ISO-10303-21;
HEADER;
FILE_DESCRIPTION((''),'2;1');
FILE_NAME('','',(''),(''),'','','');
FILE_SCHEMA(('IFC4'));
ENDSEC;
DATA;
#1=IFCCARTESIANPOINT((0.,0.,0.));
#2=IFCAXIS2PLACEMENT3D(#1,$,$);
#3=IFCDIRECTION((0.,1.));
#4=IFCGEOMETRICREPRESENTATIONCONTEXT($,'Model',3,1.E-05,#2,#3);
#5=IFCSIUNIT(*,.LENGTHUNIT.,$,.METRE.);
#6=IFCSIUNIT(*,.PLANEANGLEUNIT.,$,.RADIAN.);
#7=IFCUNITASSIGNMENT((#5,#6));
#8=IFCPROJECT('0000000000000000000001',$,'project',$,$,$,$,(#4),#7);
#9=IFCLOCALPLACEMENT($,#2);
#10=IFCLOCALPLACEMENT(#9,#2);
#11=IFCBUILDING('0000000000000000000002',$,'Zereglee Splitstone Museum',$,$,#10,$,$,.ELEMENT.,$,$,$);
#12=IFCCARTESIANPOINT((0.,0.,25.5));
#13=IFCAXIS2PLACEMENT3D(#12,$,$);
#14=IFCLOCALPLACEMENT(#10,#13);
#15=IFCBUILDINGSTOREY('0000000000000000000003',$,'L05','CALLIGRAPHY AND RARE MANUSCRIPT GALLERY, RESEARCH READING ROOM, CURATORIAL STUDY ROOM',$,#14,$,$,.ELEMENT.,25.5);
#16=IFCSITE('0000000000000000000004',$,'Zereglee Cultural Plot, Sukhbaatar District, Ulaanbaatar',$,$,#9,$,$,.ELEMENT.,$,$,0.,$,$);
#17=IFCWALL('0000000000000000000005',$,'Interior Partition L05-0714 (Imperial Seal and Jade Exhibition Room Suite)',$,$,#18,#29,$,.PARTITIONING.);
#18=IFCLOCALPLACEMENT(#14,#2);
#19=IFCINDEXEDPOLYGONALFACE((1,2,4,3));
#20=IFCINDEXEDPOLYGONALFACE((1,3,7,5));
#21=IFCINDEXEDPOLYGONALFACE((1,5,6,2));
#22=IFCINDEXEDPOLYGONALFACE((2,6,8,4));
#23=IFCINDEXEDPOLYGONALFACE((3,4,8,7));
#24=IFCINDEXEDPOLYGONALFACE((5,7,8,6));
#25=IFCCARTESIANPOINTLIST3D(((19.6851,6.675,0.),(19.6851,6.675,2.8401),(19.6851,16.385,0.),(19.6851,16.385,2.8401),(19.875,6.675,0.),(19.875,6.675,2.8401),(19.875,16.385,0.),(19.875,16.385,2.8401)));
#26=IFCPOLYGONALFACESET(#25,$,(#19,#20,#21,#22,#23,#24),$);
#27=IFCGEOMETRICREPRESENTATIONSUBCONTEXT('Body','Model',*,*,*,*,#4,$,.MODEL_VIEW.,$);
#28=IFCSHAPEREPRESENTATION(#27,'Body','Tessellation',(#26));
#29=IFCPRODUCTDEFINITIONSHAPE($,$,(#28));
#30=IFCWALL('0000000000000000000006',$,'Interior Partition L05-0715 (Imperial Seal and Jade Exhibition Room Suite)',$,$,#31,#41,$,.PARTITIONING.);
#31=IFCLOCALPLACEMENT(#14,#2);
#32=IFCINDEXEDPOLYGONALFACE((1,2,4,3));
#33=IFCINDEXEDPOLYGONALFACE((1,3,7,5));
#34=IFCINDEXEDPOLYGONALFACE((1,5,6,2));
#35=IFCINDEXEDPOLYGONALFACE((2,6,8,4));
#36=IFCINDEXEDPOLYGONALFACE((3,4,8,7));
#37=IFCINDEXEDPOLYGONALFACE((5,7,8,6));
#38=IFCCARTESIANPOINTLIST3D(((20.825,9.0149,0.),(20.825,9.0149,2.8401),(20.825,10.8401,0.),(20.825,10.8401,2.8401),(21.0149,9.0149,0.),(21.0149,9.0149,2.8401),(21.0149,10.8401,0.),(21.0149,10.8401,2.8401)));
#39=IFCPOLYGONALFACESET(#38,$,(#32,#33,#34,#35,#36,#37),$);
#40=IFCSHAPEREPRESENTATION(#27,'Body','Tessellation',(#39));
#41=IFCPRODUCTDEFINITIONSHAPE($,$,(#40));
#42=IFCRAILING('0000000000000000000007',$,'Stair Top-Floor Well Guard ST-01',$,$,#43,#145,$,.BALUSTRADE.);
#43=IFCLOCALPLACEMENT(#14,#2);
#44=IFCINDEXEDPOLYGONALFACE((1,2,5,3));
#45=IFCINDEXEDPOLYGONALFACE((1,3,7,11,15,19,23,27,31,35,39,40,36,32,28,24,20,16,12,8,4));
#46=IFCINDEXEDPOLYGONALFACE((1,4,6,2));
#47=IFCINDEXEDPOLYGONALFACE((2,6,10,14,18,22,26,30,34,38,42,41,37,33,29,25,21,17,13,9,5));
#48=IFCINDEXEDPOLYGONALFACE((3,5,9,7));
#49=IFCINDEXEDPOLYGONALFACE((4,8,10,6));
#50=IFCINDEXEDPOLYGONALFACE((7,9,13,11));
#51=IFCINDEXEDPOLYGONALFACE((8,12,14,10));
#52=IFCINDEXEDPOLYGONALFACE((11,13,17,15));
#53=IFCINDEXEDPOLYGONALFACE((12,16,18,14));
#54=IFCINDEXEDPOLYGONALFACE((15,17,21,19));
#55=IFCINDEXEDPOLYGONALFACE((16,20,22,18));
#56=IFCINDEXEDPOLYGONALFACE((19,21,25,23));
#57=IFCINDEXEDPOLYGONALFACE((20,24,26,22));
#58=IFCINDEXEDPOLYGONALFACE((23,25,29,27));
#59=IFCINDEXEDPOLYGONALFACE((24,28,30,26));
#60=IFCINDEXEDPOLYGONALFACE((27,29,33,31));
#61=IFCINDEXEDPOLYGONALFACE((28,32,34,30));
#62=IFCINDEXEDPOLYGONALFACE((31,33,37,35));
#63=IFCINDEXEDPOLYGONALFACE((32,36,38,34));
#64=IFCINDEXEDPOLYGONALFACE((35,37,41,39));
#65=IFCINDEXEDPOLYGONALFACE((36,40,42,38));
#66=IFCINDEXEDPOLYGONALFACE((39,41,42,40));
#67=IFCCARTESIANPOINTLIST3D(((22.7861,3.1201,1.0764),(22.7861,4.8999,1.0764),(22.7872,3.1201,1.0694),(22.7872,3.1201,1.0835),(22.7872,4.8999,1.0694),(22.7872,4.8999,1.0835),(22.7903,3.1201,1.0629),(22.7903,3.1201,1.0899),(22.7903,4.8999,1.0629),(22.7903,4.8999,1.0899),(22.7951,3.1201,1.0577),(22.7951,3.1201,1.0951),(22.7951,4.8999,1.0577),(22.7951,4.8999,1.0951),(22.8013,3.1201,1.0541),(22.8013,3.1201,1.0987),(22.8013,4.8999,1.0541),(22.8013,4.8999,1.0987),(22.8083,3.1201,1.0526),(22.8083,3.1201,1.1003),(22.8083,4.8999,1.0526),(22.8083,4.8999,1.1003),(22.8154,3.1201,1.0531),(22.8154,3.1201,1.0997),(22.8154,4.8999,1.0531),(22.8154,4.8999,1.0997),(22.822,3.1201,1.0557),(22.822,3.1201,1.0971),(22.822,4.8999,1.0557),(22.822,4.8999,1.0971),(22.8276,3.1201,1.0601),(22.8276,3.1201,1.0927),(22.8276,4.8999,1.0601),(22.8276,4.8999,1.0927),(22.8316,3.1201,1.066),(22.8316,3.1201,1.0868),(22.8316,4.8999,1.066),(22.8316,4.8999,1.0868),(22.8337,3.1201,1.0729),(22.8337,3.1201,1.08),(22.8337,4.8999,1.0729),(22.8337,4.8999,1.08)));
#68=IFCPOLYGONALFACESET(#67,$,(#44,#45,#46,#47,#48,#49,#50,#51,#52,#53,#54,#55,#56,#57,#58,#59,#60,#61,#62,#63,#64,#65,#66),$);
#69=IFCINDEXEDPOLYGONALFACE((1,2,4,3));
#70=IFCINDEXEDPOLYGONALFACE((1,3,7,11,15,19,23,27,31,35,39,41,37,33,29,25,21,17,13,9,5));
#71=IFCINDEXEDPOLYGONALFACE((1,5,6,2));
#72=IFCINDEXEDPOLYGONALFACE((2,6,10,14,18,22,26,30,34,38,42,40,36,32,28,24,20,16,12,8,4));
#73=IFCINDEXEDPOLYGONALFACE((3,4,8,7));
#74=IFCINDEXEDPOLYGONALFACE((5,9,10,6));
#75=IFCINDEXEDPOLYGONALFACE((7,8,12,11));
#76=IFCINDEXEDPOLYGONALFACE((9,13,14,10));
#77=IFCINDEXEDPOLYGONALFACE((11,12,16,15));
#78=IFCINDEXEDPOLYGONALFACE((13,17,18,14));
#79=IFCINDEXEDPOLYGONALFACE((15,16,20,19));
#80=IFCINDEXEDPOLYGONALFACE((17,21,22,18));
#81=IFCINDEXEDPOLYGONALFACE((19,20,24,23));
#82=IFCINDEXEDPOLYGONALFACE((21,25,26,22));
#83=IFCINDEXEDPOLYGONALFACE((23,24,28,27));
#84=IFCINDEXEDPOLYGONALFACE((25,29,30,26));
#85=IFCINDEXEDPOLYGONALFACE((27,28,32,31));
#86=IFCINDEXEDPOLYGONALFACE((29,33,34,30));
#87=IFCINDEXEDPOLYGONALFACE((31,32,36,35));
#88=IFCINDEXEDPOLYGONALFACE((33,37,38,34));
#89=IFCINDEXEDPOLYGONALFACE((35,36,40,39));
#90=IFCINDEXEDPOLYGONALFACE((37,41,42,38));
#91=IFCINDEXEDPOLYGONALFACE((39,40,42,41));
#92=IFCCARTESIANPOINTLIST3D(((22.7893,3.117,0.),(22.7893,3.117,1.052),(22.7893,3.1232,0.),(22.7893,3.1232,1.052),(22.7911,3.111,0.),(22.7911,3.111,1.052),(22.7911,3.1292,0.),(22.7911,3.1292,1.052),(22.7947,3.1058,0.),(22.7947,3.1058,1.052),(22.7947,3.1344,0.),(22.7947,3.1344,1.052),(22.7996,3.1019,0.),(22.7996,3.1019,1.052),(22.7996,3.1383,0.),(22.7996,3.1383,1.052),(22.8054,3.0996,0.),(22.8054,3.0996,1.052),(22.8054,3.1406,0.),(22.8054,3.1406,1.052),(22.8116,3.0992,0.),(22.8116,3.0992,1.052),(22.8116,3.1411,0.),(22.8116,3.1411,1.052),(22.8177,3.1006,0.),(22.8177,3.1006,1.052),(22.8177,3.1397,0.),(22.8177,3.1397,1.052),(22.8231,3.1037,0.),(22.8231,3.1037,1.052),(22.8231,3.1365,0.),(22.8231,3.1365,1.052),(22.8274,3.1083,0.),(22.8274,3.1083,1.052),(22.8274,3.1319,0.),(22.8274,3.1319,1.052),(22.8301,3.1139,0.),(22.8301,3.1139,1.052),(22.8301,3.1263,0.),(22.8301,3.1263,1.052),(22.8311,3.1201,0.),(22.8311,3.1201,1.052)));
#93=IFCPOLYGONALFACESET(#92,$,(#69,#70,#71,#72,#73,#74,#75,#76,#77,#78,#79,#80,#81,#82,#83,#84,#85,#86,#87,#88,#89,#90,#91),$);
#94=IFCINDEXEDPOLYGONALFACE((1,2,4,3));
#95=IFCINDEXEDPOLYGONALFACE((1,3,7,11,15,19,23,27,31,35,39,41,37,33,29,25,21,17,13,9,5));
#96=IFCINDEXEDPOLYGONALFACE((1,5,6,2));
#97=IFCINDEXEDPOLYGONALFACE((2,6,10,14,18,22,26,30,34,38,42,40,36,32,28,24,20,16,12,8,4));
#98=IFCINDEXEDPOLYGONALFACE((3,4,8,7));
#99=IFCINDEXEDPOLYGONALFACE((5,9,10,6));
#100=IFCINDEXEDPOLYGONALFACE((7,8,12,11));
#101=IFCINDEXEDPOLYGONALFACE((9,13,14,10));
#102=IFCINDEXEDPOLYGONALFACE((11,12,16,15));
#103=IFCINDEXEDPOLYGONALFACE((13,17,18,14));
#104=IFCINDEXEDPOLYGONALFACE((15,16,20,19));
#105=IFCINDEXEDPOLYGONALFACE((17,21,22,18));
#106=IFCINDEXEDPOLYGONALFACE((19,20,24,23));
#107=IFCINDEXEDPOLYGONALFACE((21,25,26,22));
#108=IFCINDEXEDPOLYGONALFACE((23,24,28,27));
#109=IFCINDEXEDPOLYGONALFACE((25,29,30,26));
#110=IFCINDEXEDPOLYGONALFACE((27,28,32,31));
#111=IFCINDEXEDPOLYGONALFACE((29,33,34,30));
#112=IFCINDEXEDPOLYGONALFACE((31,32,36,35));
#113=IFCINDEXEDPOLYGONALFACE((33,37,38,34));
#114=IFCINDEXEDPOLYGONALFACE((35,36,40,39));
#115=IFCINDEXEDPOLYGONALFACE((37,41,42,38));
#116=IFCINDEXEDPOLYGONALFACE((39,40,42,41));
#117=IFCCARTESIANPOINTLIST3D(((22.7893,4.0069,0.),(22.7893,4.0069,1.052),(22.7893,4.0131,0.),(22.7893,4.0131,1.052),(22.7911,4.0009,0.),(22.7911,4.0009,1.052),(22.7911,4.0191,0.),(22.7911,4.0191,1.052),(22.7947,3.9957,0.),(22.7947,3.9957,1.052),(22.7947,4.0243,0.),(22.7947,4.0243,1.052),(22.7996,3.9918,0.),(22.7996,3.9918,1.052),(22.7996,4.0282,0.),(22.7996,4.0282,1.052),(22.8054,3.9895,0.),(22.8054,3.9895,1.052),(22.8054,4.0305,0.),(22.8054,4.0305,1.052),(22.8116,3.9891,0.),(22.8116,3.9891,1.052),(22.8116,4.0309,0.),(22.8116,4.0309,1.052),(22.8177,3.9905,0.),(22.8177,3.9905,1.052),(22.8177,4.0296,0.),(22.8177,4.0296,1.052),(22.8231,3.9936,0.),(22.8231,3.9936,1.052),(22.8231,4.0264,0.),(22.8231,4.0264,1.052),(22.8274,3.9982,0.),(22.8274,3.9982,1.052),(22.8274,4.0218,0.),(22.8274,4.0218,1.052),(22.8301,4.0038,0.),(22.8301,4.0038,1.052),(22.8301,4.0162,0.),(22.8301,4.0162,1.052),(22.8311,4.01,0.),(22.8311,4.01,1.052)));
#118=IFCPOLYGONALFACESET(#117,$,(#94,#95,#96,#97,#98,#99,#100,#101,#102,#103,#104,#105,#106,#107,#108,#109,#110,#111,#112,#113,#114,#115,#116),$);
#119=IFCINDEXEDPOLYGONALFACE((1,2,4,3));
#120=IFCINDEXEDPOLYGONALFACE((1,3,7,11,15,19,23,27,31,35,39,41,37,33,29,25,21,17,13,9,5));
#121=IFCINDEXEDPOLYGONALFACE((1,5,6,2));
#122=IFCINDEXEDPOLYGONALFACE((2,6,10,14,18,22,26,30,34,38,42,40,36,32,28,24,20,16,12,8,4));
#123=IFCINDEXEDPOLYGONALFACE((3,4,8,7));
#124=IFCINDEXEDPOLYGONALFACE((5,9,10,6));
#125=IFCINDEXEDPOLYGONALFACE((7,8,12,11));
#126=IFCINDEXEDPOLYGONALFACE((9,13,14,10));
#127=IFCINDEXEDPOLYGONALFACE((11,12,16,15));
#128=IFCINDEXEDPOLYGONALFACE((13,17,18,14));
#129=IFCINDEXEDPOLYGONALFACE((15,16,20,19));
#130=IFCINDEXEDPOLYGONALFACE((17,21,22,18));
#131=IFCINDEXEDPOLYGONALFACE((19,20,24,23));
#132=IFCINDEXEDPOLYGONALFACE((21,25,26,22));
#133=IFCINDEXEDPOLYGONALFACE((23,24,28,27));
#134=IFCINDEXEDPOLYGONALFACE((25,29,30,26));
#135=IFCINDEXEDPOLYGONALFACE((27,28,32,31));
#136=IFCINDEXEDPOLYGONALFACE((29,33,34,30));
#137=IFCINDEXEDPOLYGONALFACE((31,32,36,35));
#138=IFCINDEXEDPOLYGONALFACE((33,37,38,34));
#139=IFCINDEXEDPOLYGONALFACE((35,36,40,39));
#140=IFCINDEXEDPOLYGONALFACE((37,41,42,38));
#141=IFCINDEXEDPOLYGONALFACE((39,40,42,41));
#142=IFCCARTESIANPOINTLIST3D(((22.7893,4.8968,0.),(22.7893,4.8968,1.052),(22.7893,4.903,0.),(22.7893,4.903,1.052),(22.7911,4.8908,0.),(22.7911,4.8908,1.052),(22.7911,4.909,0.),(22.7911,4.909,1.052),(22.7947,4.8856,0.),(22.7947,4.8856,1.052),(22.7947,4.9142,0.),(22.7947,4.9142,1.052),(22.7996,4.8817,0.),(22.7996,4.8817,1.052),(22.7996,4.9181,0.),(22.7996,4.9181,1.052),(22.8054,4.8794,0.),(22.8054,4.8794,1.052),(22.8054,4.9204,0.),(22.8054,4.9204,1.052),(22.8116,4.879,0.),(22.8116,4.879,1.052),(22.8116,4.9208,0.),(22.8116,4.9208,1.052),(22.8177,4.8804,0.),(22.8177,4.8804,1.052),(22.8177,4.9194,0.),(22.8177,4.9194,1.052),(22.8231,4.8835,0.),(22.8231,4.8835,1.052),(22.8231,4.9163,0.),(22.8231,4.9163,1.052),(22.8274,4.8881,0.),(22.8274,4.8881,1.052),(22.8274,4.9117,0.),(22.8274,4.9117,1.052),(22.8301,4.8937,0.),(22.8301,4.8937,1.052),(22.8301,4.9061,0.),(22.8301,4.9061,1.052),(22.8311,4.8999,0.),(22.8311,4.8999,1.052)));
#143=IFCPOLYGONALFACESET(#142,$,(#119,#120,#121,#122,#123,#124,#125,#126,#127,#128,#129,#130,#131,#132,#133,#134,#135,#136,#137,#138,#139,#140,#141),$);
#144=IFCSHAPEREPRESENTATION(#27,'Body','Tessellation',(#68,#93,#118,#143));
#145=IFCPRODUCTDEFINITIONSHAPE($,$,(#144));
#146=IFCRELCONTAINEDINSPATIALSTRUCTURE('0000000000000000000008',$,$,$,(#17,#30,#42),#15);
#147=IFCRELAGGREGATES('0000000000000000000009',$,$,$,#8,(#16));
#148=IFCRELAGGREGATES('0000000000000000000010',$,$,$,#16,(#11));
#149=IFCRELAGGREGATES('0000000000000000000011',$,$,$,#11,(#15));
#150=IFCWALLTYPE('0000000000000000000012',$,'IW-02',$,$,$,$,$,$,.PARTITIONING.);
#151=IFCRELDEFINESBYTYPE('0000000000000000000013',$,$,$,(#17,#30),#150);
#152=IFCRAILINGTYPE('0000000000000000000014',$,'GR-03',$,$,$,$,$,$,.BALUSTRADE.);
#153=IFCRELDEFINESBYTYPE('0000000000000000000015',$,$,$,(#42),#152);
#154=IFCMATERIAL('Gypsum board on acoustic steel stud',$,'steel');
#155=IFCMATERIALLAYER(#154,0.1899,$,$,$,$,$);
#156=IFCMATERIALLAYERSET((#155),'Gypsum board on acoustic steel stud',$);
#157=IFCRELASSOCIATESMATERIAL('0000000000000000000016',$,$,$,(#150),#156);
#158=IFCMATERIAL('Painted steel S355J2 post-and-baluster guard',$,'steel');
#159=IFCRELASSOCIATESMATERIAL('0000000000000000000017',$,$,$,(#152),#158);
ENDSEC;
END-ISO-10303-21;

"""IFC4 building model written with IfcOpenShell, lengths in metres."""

from ifc_helpers import new_model, si_unit, direction, frame, frame_2d, origin, origin_2d, place, context, subcontext, project, spatial, rectangle, circle, extrude, material, layer, layer_set, type_object, element, save


model = new_model("IFC4")

# Units and contexts
model_context = context("Model", 3, precision=1e-05, world=origin(), true_north=direction((0.0, 1.0)))
body_context = subcontext(model_context, "Body", "Model", "MODEL_VIEW")
ifc_project = project(units=[si_unit("LENGTHUNIT", "METRE"), si_unit("PLANEANGLEUNIT", "RADIAN")], contexts=[model_context])

# Site, building, storey
site_placement = place(None, origin())
site = spatial("IfcSite", under=ifc_project, at=site_placement, Name="Zereglee Cultural Plot, Sukhbaatar District, Ulaanbaatar", CompositionType="ELEMENT", RefElevation=0.0)
building_placement = place(site_placement, origin())
building = spatial("IfcBuilding", under=site, at=building_placement, Name="Zereglee Splitstone Museum", CompositionType="ELEMENT")
storey_placement = place(building_placement, frame((0.0, 0.0, 25.5)))
storey = spatial("IfcBuildingStorey", under=building, at=storey_placement, Name="L05", Description="CALLIGRAPHY AND RARE MANUSCRIPT GALLERY, RESEARCH READING ROOM, CURATORIAL STUDY ROOM", CompositionType="ELEMENT", Elevation=25.5)

# Shared definitions
ifc_material_1 = material(Name="Gypsum board on acoustic steel stud", Category="steel")
ifc_layer_1 = layer(ifc_material_1, 0.1899)
ifc_layer_set_1 = layer_set([ifc_layer_1], Name="Gypsum board on acoustic steel stud")
wall_type_1 = type_object("IfcWallType", Name="IW-02", PredefinedType="PARTITIONING", material=ifc_layer_set_1)

# Walls
wall_1_placement = place(storey_placement, frame((19.78, 6.675, 0.0), z_axis=(0.0, 0.0, 1.0), x_axis=(0.0, 1.0, 0.0)))
element("IfcWall", 1, at=wall_1_placement, inside=storey, type_object=wall_type_1, Name="Interior Partition L05-0714 (Imperial Seal and Jade Exhibition Room Suite)", PredefinedType="PARTITIONING", context=body_context, shape_type="SweptSolid", body=[
    extrude(rectangle(XDim=9.71, YDim=0.1899, at=frame_2d((4.855, 0.0))), origin(), (0.0, 0.0, 1.0), 2.8401),
])
wall_2_placement = place(storey_placement, frame((20.9199, 9.0149, 0.0), z_axis=(0.0, 0.0, 1.0), x_axis=(0.0, 1.0, 0.0)))
element("IfcWall", 2, at=wall_2_placement, inside=storey, type_object=wall_type_1, Name="Interior Partition L05-0715 (Imperial Seal and Jade Exhibition Room Suite)", PredefinedType="PARTITIONING", context=body_context, shape_type="SweptSolid", body=[
    extrude(rectangle(XDim=1.8252, YDim=0.1899, at=frame_2d((0.9126, 0.0))), origin(), (0.0, 0.0, 1.0), 2.8401),
])

# Railing
ifc_material_2 = material(Name="Painted steel S355J2 post-and-baluster guard", Category="steel")
railing_type = type_object("IfcRailingType", Name="GR-03", PredefinedType="BALUSTRADE", material=ifc_material_2)
railing_placement = place(storey_placement, frame((22.8101, 3.1201, 0.0)))
element("IfcRailing", 3, at=railing_placement, inside=storey, type_object=railing_type, Name="Stair Top-Floor Well Guard ST-01", PredefinedType="BALUSTRADE", context=body_context, shape_type="SweptSolid", body=[
    extrude(circle(Radius=0.0239, at=origin_2d()), frame((0.0, 0.0, 1.0764), z_axis=(0.0, 1.0, 0.0), x_axis=(-1.0, 0.0, 0.0)), (0.0, 0.0, 1.0), 1.7798),
    extrude(circle(Radius=0.021, at=origin_2d()), origin(), (0.0, 0.0, 1.0), 1.052),
    extrude(circle(Radius=0.021, at=origin_2d()), frame((0.0, 0.8899, 0.0)), (0.0, 0.0, 1.0), 1.052),
    extrude(circle(Radius=0.021, at=origin_2d()), frame((0.0, 1.7798, 0.0)), (0.0, 0.0, 1.0), 1.052),
])

save(model, "model.ifc")
